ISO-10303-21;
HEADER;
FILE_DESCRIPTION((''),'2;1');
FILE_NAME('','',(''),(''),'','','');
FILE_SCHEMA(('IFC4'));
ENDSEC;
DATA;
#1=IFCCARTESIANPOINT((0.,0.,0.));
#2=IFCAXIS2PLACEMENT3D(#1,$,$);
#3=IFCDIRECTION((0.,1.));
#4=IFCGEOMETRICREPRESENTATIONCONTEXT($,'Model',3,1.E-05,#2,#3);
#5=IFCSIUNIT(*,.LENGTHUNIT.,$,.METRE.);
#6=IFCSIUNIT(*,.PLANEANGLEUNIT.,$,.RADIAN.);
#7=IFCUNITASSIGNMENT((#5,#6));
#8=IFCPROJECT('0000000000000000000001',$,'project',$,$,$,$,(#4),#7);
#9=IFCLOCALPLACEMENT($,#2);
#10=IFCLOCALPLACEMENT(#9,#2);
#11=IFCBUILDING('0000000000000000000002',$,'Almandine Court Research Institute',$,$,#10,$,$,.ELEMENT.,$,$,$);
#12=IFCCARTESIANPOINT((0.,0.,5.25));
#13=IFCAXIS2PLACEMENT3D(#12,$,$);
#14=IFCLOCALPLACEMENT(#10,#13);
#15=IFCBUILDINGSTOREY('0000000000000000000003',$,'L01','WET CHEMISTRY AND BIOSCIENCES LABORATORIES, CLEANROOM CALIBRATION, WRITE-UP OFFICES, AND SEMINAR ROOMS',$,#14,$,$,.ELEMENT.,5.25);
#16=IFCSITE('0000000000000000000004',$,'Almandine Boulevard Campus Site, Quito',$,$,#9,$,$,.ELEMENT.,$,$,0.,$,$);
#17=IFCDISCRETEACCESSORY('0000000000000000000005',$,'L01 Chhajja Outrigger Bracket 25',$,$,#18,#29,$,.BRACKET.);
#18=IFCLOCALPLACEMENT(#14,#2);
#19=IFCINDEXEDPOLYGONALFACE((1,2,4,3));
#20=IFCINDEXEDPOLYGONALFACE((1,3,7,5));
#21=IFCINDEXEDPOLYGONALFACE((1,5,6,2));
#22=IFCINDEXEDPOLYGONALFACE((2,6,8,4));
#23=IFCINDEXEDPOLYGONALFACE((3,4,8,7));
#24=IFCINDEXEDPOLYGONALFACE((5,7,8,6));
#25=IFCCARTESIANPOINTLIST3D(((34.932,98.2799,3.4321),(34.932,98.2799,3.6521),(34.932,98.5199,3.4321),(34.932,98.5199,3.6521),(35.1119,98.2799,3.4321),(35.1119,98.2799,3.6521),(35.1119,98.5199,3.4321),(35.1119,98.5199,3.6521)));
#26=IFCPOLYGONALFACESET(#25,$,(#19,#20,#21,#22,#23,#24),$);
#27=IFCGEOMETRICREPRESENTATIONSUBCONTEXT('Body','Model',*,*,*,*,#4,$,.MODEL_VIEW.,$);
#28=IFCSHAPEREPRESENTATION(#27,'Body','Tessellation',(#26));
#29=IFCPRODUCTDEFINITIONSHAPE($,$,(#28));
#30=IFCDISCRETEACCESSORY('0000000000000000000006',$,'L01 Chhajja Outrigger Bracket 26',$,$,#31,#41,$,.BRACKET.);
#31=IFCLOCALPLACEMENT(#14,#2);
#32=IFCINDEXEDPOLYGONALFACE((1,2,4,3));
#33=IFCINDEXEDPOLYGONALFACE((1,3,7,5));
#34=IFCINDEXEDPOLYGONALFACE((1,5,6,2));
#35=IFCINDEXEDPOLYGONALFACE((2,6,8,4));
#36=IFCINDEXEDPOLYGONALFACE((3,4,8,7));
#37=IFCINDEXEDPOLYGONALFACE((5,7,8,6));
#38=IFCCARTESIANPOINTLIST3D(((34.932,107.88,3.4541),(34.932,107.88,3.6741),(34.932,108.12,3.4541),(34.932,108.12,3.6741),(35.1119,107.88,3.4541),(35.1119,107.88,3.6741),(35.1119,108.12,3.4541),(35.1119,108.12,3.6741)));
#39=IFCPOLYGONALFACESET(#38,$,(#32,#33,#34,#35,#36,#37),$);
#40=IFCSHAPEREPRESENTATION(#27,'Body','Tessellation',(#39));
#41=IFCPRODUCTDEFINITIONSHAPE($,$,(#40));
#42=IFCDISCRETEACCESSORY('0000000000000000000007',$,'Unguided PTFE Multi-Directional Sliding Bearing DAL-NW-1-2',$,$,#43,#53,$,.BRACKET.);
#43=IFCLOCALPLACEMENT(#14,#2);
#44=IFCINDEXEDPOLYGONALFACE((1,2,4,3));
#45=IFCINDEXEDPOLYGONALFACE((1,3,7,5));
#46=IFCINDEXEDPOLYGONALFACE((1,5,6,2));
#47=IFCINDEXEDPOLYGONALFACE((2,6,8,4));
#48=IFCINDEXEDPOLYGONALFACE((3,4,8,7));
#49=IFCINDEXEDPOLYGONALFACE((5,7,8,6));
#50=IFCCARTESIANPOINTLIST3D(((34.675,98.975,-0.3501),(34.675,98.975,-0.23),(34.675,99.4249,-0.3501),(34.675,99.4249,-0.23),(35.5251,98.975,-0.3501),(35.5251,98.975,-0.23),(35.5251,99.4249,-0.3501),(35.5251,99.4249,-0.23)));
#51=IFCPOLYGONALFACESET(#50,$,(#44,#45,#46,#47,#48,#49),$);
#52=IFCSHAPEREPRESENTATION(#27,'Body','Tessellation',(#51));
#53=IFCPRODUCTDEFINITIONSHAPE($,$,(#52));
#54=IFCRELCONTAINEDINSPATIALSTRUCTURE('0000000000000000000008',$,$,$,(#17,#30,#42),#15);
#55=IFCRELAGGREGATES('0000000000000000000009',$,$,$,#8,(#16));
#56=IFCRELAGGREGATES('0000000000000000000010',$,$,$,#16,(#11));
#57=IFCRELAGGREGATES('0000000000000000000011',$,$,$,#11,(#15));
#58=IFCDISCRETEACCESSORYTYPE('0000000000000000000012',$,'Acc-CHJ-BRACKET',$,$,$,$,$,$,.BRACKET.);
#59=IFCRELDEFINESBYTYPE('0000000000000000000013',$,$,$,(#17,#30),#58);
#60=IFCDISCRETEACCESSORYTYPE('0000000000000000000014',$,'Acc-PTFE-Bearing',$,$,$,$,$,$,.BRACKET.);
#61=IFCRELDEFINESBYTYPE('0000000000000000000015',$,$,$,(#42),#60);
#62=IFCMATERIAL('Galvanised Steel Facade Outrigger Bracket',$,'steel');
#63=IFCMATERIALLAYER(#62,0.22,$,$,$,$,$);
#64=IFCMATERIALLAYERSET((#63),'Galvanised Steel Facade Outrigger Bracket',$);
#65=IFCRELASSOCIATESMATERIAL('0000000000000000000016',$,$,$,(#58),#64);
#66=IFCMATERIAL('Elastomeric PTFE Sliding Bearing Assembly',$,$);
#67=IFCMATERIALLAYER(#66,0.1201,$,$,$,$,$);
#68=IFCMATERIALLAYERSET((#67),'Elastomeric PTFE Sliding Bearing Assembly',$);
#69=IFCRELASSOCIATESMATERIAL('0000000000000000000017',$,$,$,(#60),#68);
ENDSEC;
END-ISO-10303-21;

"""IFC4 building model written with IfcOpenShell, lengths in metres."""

from ifc_helpers import new_model, si_unit, direction, frame, origin, origin_2d, place, context, subcontext, project, spatial, rectangle, extrude, material, layer, layer_set, type_object, element, save


model = new_model("IFC4")

# Units and contexts
model_context = context("Model", 3, precision=1e-05, world=origin(), true_north=direction((0.0, 1.0)))
body_context = subcontext(model_context, "Body", "Model", "MODEL_VIEW")
ifc_project = project(units=[si_unit("LENGTHUNIT", "METRE"), si_unit("PLANEANGLEUNIT", "RADIAN")], contexts=[model_context])

# Site, building, storey
site_placement = place(None, origin())
site = spatial("IfcSite", under=ifc_project, at=site_placement, Name="Almandine Boulevard Campus Site, Quito", CompositionType="ELEMENT", RefElevation=0.0)
building_placement = place(site_placement, origin())
building = spatial("IfcBuilding", under=site, at=building_placement, Name="Almandine Court Research Institute", CompositionType="ELEMENT")
storey_placement = place(building_placement, frame((0.0, 0.0, 5.25)))
storey = spatial("IfcBuildingStorey", under=building, at=storey_placement, Name="L01", Description="WET CHEMISTRY AND BIOSCIENCES LABORATORIES, CLEANROOM CALIBRATION, WRITE-UP OFFICES, AND SEMINAR ROOMS", CompositionType="ELEMENT", Elevation=5.25)

# Discrete accessories
ifc_material_1 = material(Name="Galvanised Steel Facade Outrigger Bracket", Category="steel")
ifc_layer_1 = layer(ifc_material_1, 0.22)
ifc_layer_set_1 = layer_set([ifc_layer_1], Name="Galvanised Steel Facade Outrigger Bracket")
discrete_accessory_type_1 = type_object("IfcDiscreteAccessoryType", Name="Acc-CHJ-BRACKET", PredefinedType="BRACKET", material=ifc_layer_set_1)
for number, where, z_axis, x_axis, name in (
    (1, (35.022, 98.3999, 3.4321), (0.0, 0.0, 1.0), (0.0, -1.0, 0.0), "L01 Chhajja Outrigger Bracket 25"),
    (2, (35.022, 108.0, 3.4541), (0.0, 0.0, 1.0), (0.0, -1.0, 0.0), "L01 Chhajja Outrigger Bracket 26"),
):
    element("IfcDiscreteAccessory", number, at=place(storey_placement, frame(where, z_axis=z_axis, x_axis=x_axis)), inside=storey, type_object=discrete_accessory_type_1, Name=name, PredefinedType="BRACKET", context=body_context, shape_type="SweptSolid", body=[
        extrude(rectangle(XDim=0.24, YDim=0.1799, at=origin_2d()), origin(), (0.0, 0.0, 1.0), 0.22),
    ])
ifc_material_2 = material(Name="Elastomeric PTFE Sliding Bearing Assembly")
ifc_layer_2 = layer(ifc_material_2, 0.1201)
ifc_layer_set_2 = layer_set([ifc_layer_2], Name="Elastomeric PTFE Sliding Bearing Assembly")
discrete_accessory_type_2 = type_object("IfcDiscreteAccessoryType", Name="Acc-PTFE-Bearing", PredefinedType="BRACKET", material=ifc_layer_set_2)
discrete_accessory_1_placement = place(storey_placement, frame((35.1001, 99.2, -0.3501), z_axis=(0.0, 0.0, 1.0), x_axis=(1.0, 0.0, 0.0)))
element("IfcDiscreteAccessory", 3, at=discrete_accessory_1_placement, inside=storey, type_object=discrete_accessory_type_2, Name="Unguided PTFE Multi-Directional Sliding Bearing DAL-NW-1-2", PredefinedType="BRACKET", context=body_context, shape_type="SweptSolid", body=[
    extrude(rectangle(XDim=0.8501, YDim=0.45, at=origin_2d()), origin(), (0.0, 0.0, 1.0), 0.1201),
])

save(model, "model.ifc")
